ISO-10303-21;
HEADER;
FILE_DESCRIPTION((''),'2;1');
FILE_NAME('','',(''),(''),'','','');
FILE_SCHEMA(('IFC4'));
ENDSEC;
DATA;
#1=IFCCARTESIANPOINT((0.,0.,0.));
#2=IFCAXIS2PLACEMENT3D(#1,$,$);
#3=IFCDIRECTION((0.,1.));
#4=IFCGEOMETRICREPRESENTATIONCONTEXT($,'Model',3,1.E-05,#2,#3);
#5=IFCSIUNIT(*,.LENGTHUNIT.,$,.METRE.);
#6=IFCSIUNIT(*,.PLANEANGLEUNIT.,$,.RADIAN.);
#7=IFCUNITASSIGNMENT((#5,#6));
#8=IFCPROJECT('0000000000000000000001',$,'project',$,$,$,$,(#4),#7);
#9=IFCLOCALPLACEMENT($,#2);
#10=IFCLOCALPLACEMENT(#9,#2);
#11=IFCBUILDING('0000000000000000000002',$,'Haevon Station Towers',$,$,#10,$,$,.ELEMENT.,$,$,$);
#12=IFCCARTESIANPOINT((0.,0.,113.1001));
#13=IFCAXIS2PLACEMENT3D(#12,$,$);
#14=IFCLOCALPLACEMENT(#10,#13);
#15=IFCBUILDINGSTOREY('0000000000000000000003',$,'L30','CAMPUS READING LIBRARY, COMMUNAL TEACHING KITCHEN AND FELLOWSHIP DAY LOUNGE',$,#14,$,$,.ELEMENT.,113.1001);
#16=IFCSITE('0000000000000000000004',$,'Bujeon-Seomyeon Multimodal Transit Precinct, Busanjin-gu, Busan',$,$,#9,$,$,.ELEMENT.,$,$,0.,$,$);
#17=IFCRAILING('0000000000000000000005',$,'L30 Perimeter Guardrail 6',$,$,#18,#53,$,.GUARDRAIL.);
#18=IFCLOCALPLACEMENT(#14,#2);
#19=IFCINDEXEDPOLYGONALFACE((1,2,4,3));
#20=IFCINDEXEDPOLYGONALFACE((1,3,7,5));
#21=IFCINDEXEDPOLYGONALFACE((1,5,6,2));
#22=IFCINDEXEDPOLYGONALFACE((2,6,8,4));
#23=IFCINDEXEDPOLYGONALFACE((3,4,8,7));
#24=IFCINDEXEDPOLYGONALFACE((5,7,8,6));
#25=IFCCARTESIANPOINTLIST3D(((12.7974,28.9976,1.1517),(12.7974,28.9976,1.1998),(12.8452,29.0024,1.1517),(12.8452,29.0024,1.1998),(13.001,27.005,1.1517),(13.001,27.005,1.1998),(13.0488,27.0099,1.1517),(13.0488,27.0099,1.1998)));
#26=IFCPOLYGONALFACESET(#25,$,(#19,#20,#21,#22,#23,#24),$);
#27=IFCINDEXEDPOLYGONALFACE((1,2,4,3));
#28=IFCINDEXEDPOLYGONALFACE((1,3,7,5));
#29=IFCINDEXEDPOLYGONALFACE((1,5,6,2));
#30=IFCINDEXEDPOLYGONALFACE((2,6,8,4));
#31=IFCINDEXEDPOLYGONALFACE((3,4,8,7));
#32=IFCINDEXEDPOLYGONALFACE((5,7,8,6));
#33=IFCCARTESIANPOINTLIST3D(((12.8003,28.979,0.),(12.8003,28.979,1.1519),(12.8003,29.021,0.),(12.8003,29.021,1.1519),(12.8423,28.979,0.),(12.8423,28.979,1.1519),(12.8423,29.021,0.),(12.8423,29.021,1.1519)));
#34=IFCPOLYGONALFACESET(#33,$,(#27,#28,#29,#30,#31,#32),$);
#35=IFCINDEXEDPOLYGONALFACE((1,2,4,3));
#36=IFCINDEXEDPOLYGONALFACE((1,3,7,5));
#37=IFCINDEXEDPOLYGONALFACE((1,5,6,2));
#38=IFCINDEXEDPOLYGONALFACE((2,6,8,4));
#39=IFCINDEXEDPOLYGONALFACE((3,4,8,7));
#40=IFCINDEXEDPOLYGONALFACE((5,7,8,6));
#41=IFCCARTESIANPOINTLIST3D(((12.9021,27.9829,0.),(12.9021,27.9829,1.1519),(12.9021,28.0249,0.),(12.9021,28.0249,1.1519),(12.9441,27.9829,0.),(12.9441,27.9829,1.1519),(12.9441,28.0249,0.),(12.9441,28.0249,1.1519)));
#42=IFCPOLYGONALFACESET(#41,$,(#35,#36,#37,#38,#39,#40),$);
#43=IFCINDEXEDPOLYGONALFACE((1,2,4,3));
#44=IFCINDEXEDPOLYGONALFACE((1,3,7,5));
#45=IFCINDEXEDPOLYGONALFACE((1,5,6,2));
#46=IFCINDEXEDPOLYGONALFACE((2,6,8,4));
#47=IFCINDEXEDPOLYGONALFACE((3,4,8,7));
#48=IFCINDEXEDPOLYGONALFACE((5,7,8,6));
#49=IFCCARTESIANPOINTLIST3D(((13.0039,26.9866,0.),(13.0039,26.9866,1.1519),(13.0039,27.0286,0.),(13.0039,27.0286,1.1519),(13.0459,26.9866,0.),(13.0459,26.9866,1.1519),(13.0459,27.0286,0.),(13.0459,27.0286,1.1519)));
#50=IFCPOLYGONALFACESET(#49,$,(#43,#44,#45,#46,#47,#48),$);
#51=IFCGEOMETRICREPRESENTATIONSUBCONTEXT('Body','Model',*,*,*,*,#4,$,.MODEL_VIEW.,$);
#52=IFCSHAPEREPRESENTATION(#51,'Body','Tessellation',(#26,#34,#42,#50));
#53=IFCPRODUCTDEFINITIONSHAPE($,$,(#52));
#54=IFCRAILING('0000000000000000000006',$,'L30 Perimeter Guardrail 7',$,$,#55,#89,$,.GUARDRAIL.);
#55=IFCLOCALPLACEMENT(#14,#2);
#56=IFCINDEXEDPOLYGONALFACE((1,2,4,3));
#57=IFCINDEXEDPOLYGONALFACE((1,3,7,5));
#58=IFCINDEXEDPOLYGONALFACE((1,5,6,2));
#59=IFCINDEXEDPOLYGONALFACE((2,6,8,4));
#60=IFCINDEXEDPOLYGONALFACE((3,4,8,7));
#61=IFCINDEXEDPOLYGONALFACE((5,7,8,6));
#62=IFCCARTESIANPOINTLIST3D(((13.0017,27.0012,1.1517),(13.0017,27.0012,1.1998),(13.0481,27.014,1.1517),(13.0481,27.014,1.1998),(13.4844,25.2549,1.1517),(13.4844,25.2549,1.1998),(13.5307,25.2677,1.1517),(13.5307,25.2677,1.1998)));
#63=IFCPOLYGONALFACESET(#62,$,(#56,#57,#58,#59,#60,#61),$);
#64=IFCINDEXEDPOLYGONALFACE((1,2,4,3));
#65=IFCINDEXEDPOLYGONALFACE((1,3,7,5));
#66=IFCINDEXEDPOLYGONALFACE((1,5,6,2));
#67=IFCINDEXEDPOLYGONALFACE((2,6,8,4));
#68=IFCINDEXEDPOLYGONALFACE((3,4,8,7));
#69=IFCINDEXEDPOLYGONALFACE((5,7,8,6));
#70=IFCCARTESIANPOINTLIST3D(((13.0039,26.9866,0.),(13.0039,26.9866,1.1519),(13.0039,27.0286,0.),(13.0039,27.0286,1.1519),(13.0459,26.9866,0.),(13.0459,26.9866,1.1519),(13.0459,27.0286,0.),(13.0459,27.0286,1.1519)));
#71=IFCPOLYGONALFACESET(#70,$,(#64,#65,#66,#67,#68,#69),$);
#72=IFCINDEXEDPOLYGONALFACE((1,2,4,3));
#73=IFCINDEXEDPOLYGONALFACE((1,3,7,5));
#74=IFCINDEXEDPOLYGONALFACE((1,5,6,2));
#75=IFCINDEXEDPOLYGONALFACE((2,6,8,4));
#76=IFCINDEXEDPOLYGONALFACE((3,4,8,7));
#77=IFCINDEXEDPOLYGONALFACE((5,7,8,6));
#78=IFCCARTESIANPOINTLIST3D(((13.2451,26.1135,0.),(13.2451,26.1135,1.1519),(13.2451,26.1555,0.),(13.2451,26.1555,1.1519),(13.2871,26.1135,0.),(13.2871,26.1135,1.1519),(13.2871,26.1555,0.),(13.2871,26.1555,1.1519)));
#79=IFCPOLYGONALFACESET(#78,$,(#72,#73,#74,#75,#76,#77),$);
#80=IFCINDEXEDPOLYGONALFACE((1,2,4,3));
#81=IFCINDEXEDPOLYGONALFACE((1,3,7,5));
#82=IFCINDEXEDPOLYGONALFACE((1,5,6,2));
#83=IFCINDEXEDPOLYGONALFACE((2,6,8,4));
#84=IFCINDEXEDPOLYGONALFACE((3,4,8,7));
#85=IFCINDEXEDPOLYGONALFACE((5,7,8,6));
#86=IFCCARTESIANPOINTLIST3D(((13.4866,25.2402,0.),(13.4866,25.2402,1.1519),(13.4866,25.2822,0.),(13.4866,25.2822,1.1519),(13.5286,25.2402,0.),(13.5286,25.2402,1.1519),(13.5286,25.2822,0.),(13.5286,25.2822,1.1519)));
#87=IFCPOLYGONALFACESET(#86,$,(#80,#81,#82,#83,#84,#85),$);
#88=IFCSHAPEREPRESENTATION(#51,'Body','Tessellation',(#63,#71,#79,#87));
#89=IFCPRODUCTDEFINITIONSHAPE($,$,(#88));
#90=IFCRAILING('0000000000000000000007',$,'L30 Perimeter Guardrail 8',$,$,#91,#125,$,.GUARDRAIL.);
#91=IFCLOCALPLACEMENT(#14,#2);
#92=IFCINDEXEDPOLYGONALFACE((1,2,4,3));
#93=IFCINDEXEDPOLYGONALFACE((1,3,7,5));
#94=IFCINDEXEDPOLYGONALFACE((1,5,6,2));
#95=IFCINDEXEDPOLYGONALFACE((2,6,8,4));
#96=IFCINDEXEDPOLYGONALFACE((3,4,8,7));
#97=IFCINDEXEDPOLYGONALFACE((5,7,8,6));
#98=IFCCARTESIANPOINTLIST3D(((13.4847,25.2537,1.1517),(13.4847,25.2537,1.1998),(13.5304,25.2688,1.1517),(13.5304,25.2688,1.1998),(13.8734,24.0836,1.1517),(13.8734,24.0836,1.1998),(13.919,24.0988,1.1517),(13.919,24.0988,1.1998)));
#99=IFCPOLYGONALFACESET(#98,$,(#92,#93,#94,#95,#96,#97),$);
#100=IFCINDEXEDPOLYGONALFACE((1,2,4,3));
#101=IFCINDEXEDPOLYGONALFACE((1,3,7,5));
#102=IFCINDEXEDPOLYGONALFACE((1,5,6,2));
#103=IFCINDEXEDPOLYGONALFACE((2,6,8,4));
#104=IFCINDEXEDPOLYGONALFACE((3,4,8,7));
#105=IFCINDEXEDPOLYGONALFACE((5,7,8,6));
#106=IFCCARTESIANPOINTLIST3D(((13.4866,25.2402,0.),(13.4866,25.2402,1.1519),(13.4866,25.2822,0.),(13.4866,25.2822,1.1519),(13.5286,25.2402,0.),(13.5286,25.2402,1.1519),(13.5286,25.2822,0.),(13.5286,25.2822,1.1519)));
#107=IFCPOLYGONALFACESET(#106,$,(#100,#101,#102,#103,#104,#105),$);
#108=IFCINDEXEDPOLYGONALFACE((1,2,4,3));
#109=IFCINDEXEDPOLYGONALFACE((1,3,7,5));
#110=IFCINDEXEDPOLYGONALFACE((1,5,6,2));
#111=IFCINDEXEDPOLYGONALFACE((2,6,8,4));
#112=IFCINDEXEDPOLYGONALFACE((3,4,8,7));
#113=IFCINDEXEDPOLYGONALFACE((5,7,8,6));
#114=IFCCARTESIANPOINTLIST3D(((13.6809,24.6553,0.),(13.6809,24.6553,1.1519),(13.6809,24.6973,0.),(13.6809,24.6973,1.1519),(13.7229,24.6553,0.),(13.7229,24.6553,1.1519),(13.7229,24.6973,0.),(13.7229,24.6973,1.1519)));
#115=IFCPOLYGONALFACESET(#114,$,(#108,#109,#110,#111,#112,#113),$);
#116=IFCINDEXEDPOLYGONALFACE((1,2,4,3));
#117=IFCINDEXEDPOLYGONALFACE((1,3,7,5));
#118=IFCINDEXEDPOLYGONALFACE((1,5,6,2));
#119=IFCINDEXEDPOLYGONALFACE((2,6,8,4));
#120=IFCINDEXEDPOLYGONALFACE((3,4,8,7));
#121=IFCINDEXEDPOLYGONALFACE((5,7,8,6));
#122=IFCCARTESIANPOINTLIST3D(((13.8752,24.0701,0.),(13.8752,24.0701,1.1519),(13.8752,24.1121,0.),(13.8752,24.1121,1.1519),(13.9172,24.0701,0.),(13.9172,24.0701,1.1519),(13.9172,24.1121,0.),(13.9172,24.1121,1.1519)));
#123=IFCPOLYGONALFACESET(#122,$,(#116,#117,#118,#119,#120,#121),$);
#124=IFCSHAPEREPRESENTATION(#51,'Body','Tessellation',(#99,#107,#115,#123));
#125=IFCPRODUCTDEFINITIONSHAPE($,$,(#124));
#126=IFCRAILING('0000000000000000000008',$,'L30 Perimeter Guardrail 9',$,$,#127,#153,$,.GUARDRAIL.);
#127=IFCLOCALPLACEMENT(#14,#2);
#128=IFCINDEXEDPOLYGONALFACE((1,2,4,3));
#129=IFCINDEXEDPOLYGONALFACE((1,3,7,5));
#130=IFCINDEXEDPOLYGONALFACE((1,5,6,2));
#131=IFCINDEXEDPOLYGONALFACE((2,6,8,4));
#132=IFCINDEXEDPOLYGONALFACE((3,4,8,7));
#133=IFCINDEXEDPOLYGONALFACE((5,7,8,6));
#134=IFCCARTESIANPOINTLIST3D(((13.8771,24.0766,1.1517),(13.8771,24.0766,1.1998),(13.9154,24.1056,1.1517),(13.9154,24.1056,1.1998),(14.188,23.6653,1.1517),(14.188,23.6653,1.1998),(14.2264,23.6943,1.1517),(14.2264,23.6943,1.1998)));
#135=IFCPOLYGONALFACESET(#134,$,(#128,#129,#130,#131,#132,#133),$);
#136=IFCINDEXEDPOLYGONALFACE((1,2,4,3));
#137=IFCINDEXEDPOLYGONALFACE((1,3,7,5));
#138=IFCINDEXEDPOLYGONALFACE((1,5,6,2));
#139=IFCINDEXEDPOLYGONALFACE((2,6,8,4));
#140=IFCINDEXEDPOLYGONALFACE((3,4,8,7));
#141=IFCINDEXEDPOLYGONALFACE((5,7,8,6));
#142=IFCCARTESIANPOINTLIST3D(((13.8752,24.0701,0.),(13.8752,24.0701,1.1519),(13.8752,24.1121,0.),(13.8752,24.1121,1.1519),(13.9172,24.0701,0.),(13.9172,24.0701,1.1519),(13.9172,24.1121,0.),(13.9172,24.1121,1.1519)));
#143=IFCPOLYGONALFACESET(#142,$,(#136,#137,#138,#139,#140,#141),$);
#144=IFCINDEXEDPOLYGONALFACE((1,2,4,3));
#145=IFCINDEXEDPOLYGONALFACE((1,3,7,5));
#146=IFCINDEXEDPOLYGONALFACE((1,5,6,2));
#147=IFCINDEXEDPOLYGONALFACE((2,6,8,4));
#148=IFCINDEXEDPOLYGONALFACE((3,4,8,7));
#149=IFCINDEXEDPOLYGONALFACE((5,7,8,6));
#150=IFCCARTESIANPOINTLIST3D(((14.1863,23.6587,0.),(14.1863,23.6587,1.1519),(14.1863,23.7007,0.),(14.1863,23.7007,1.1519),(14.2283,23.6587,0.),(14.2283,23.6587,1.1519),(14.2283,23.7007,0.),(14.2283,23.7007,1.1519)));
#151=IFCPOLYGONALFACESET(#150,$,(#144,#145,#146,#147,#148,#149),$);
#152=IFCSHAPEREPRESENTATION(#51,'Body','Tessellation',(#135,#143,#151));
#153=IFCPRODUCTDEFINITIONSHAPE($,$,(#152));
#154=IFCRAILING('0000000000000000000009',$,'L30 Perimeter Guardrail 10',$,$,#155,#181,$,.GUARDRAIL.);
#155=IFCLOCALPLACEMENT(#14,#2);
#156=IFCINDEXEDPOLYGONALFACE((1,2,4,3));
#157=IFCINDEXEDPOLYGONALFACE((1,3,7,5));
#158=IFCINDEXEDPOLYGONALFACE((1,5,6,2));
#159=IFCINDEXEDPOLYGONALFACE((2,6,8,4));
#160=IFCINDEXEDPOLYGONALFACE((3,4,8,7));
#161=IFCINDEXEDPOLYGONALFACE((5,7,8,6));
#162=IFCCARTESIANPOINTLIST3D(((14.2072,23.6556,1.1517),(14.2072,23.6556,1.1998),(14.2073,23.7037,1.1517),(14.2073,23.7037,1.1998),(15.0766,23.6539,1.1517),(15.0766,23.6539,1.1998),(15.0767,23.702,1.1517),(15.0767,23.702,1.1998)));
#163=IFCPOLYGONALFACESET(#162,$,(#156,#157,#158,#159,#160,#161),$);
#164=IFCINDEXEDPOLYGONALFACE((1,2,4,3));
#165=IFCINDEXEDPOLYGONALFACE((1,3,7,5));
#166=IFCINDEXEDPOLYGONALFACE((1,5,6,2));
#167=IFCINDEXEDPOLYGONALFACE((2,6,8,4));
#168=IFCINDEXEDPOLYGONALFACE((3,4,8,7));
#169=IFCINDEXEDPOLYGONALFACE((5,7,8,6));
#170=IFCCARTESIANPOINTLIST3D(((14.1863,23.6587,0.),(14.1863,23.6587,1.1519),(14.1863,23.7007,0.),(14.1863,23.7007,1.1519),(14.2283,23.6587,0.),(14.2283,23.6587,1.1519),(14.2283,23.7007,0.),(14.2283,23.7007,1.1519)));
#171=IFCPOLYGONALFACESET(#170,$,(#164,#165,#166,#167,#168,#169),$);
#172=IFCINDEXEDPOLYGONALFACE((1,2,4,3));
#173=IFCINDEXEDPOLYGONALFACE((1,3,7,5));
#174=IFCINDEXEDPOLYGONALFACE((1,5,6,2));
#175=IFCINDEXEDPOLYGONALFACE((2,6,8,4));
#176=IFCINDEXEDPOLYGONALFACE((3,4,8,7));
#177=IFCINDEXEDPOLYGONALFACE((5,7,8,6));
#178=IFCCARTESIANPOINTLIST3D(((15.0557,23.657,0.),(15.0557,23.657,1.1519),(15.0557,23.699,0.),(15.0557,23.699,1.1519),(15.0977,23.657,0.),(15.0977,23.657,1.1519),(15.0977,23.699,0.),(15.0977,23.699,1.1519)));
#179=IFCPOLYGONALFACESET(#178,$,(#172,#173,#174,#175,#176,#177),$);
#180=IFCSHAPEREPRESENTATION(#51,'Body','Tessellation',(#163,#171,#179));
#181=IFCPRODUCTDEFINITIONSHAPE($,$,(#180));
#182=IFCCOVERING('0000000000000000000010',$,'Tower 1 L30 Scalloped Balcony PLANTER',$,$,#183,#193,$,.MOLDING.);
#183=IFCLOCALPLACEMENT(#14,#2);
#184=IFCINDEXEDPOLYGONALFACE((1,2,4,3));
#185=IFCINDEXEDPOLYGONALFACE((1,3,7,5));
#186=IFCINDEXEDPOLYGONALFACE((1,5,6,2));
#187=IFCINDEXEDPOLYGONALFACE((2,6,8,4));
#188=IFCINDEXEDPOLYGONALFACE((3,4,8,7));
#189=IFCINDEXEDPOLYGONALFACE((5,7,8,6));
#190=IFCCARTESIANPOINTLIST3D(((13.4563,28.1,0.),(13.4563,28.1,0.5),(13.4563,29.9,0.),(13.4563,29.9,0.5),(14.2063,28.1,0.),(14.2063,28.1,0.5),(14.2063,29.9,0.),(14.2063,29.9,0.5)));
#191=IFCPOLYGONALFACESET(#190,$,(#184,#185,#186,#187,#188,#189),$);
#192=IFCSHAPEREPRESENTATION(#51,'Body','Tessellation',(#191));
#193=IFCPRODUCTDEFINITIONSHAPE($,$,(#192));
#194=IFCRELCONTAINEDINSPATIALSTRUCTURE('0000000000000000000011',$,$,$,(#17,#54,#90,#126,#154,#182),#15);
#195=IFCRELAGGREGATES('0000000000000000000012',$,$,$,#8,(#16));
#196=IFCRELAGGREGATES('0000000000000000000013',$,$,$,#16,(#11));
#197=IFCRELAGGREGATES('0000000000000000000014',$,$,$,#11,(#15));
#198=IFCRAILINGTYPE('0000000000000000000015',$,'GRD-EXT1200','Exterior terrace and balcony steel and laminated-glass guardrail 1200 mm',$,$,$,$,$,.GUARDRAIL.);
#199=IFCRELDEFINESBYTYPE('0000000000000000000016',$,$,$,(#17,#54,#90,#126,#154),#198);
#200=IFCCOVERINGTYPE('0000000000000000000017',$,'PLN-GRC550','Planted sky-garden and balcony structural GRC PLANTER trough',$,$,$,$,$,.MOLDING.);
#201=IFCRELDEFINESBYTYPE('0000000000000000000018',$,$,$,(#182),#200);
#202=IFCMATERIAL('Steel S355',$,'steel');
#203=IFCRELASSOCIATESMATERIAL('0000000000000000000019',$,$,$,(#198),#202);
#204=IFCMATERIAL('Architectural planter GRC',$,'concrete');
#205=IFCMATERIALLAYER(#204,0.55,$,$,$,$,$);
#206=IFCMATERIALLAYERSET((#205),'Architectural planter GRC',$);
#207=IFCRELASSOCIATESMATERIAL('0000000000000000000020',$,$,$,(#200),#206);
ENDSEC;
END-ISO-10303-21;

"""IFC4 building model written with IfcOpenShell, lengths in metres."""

from ifc_helpers import new_model, si_unit, direction, frame, origin, origin_2d, place, context, subcontext, project, spatial, rectangle, extrude, material, layer, layer_set, type_object, element, save


model = new_model("IFC4")

# Units and contexts
model_context = context("Model", 3, precision=1e-05, world=origin(), true_north=direction((0.0, 1.0)))
body_context = subcontext(model_context, "Body", "Model", "MODEL_VIEW")
ifc_project = project(units=[si_unit("LENGTHUNIT", "METRE"), si_unit("PLANEANGLEUNIT", "RADIAN")], contexts=[model_context])

# Site, building, storey
site_placement = place(None, origin())
site = spatial("IfcSite", under=ifc_project, at=site_placement, Name="Bujeon-Seomyeon Multimodal Transit Precinct, Busanjin-gu, Busan", CompositionType="ELEMENT", RefElevation=0.0)
building_placement = place(site_placement, origin())
building = spatial("IfcBuilding", under=site, at=building_placement, Name="Haevon Station Towers", CompositionType="ELEMENT")
storey_placement = place(building_placement, frame((0.0, 0.0, 113.1001)))
storey = spatial("IfcBuildingStorey", under=building, at=storey_placement, Name="L30", Description="CAMPUS READING LIBRARY, COMMUNAL TEACHING KITCHEN AND FELLOWSHIP DAY LOUNGE", CompositionType="ELEMENT", Elevation=113.1001)

# Shared definitions
ifc_material_1 = material(Name="Steel S355", Category="steel")

# Railings
railing_type = type_object("IfcRailingType", Name="GRD-EXT1200", Description="Exterior terrace and balcony steel and laminated-glass guardrail 1200 mm", PredefinedType="GUARDRAIL", material=ifc_material_1)
railing_1_placement = place(storey_placement, frame((12.8213, 29.0, 0.0)))
element("IfcRailing", 1, at=railing_1_placement, inside=storey, type_object=railing_type, Name="L30 Perimeter Guardrail 6", PredefinedType="GUARDRAIL", context=body_context, shape_type="SweptSolid", body=[
    extrude(rectangle(XDim=0.0481, YDim=0.0481, at=origin_2d()), frame((0.0, 0.0, 1.1758), z_axis=(0.101664, -0.994819, 0.0), x_axis=(0.994819, 0.101664, 0.0)), (0.0, 0.0, 1.0), 2.0029),
    extrude(rectangle(XDim=0.042, YDim=0.042, at=origin_2d()), origin(), (0.0, 0.0, 1.0), 1.1519),
    extrude(rectangle(XDim=0.042, YDim=0.042, at=origin_2d()), frame((0.1018, -0.9961, 0.0)), (0.0, 0.0, 1.0), 1.1519),
    extrude(rectangle(XDim=0.042, YDim=0.042, at=origin_2d()), frame((0.2036, -1.9924, 0.0)), (0.0, 0.0, 1.0), 1.1519),
])
railing_2_placement = place(storey_placement, frame((13.0249, 27.0076, 0.0)))
element("IfcRailing", 2, at=railing_2_placement, inside=storey, type_object=railing_type, Name="L30 Perimeter Guardrail 7", PredefinedType="GUARDRAIL", context=body_context, shape_type="SweptSolid", body=[
    extrude(rectangle(XDim=0.0481, YDim=0.0481, at=origin_2d()), frame((0.0, 0.0, 1.1758), z_axis=(0.2664, -0.963863, 0.0), x_axis=(0.963863, 0.2664, 0.0)), (0.0, 0.0, 1.0), 1.8118),
    extrude(rectangle(XDim=0.042, YDim=0.042, at=origin_2d()), origin(), (0.0, 0.0, 1.0), 1.1519),
    extrude(rectangle(XDim=0.042, YDim=0.042, at=origin_2d()), frame((0.2412, -0.873, 0.0)), (0.0, 0.0, 1.0), 1.1519),
    extrude(rectangle(XDim=0.042, YDim=0.042, at=origin_2d()), frame((0.4827, -1.7463, 0.0)), (0.0, 0.0, 1.0), 1.1519),
])
railing_3_placement = place(storey_placement, frame((13.5076, 25.2612, 0.0)))
element("IfcRailing", 3, at=railing_3_placement, inside=storey, type_object=railing_type, Name="L30 Perimeter Guardrail 8", PredefinedType="GUARDRAIL", context=body_context, shape_type="SweptSolid", body=[
    extrude(rectangle(XDim=0.0481, YDim=0.0481, at=origin_2d()), frame((0.0, 0.0, 1.1758), z_axis=(0.315218, -0.949019, 0.0), x_axis=(0.949019, 0.315218, 0.0)), (0.0, 0.0, 1.0), 1.2329),
    extrude(rectangle(XDim=0.042, YDim=0.042, at=origin_2d()), origin(), (0.0, 0.0, 1.0), 1.1519),
    extrude(rectangle(XDim=0.042, YDim=0.042, at=origin_2d()), frame((0.1943, -0.585, 0.0)), (0.0, 0.0, 1.0), 1.1519),
    extrude(rectangle(XDim=0.042, YDim=0.042, at=origin_2d()), frame((0.3887, -1.1702, 0.0)), (0.0, 0.0, 1.0), 1.1519),
])
railing_4_placement = place(storey_placement, frame((13.8962, 24.0911, 0.0)))
element("IfcRailing", 4, at=railing_4_placement, inside=storey, type_object=railing_type, Name="L30 Perimeter Guardrail 9", PredefinedType="GUARDRAIL", context=body_context, shape_type="SweptSolid", body=[
    extrude(rectangle(XDim=0.0481, YDim=0.0481, at=origin_2d()), frame((0.0, 0.0, 1.1758), z_axis=(0.603101, -0.797665, 0.0), x_axis=(0.797665, 0.603101, 0.0)), (0.0, 0.0, 1.0), 0.5156),
    extrude(rectangle(XDim=0.042, YDim=0.042, at=origin_2d()), origin(), (0.0, 0.0, 1.0), 1.1519),
    extrude(rectangle(XDim=0.042, YDim=0.042, at=origin_2d()), frame((0.311, -0.4114, 0.0)), (0.0, 0.0, 1.0), 1.1519),
])
railing_5_placement = place(storey_placement, frame((14.2073, 23.6797, 0.0)))
element("IfcRailing", 5, at=railing_5_placement, inside=storey, type_object=railing_type, Name="L30 Perimeter Guardrail 10", PredefinedType="GUARDRAIL", context=body_context, shape_type="SweptSolid", body=[
    extrude(rectangle(XDim=0.0481, YDim=0.0481, at=origin_2d()), frame((0.0, 0.0, 1.1758), z_axis=(0.999998, -0.001966, 0.0), x_axis=(0.001966, 0.999998, 0.0)), (0.0, 0.0, 1.0), 0.8694),
    extrude(rectangle(XDim=0.042, YDim=0.042, at=origin_2d()), origin(), (0.0, 0.0, 1.0), 1.1519),
    extrude(rectangle(XDim=0.042, YDim=0.042, at=origin_2d()), frame((0.8694, -0.0017, 0.0)), (0.0, 0.0, 1.0), 1.1519),
])

# Covering
ifc_material_2 = material(Name="Architectural planter GRC", Category="concrete")
ifc_layer_1 = layer(ifc_material_2, 0.55)
ifc_layer_set_1 = layer_set([ifc_layer_1], Name="Architectural planter GRC")
covering_type = type_object("IfcCoveringType", Name="PLN-GRC550", Description="Planted sky-garden and balcony structural GRC PLANTER trough", PredefinedType="MOLDING", material=ifc_layer_set_1)
covering_placement = place(storey_placement, frame((13.8313, 29.0, 0.0), z_axis=(0.0, 0.0, 1.0), x_axis=(1.0, 0.0, 0.0)))
element("IfcCovering", 6, at=covering_placement, inside=storey, type_object=covering_type, Name="Tower 1 L30 Scalloped Balcony PLANTER", PredefinedType="MOLDING", context=body_context, shape_type="SweptSolid", body=[
    extrude(rectangle(XDim=0.75, YDim=1.8, at=origin_2d()), origin(), (0.0, 0.0, 1.0), 0.5),
])

save(model, "model.ifc")
